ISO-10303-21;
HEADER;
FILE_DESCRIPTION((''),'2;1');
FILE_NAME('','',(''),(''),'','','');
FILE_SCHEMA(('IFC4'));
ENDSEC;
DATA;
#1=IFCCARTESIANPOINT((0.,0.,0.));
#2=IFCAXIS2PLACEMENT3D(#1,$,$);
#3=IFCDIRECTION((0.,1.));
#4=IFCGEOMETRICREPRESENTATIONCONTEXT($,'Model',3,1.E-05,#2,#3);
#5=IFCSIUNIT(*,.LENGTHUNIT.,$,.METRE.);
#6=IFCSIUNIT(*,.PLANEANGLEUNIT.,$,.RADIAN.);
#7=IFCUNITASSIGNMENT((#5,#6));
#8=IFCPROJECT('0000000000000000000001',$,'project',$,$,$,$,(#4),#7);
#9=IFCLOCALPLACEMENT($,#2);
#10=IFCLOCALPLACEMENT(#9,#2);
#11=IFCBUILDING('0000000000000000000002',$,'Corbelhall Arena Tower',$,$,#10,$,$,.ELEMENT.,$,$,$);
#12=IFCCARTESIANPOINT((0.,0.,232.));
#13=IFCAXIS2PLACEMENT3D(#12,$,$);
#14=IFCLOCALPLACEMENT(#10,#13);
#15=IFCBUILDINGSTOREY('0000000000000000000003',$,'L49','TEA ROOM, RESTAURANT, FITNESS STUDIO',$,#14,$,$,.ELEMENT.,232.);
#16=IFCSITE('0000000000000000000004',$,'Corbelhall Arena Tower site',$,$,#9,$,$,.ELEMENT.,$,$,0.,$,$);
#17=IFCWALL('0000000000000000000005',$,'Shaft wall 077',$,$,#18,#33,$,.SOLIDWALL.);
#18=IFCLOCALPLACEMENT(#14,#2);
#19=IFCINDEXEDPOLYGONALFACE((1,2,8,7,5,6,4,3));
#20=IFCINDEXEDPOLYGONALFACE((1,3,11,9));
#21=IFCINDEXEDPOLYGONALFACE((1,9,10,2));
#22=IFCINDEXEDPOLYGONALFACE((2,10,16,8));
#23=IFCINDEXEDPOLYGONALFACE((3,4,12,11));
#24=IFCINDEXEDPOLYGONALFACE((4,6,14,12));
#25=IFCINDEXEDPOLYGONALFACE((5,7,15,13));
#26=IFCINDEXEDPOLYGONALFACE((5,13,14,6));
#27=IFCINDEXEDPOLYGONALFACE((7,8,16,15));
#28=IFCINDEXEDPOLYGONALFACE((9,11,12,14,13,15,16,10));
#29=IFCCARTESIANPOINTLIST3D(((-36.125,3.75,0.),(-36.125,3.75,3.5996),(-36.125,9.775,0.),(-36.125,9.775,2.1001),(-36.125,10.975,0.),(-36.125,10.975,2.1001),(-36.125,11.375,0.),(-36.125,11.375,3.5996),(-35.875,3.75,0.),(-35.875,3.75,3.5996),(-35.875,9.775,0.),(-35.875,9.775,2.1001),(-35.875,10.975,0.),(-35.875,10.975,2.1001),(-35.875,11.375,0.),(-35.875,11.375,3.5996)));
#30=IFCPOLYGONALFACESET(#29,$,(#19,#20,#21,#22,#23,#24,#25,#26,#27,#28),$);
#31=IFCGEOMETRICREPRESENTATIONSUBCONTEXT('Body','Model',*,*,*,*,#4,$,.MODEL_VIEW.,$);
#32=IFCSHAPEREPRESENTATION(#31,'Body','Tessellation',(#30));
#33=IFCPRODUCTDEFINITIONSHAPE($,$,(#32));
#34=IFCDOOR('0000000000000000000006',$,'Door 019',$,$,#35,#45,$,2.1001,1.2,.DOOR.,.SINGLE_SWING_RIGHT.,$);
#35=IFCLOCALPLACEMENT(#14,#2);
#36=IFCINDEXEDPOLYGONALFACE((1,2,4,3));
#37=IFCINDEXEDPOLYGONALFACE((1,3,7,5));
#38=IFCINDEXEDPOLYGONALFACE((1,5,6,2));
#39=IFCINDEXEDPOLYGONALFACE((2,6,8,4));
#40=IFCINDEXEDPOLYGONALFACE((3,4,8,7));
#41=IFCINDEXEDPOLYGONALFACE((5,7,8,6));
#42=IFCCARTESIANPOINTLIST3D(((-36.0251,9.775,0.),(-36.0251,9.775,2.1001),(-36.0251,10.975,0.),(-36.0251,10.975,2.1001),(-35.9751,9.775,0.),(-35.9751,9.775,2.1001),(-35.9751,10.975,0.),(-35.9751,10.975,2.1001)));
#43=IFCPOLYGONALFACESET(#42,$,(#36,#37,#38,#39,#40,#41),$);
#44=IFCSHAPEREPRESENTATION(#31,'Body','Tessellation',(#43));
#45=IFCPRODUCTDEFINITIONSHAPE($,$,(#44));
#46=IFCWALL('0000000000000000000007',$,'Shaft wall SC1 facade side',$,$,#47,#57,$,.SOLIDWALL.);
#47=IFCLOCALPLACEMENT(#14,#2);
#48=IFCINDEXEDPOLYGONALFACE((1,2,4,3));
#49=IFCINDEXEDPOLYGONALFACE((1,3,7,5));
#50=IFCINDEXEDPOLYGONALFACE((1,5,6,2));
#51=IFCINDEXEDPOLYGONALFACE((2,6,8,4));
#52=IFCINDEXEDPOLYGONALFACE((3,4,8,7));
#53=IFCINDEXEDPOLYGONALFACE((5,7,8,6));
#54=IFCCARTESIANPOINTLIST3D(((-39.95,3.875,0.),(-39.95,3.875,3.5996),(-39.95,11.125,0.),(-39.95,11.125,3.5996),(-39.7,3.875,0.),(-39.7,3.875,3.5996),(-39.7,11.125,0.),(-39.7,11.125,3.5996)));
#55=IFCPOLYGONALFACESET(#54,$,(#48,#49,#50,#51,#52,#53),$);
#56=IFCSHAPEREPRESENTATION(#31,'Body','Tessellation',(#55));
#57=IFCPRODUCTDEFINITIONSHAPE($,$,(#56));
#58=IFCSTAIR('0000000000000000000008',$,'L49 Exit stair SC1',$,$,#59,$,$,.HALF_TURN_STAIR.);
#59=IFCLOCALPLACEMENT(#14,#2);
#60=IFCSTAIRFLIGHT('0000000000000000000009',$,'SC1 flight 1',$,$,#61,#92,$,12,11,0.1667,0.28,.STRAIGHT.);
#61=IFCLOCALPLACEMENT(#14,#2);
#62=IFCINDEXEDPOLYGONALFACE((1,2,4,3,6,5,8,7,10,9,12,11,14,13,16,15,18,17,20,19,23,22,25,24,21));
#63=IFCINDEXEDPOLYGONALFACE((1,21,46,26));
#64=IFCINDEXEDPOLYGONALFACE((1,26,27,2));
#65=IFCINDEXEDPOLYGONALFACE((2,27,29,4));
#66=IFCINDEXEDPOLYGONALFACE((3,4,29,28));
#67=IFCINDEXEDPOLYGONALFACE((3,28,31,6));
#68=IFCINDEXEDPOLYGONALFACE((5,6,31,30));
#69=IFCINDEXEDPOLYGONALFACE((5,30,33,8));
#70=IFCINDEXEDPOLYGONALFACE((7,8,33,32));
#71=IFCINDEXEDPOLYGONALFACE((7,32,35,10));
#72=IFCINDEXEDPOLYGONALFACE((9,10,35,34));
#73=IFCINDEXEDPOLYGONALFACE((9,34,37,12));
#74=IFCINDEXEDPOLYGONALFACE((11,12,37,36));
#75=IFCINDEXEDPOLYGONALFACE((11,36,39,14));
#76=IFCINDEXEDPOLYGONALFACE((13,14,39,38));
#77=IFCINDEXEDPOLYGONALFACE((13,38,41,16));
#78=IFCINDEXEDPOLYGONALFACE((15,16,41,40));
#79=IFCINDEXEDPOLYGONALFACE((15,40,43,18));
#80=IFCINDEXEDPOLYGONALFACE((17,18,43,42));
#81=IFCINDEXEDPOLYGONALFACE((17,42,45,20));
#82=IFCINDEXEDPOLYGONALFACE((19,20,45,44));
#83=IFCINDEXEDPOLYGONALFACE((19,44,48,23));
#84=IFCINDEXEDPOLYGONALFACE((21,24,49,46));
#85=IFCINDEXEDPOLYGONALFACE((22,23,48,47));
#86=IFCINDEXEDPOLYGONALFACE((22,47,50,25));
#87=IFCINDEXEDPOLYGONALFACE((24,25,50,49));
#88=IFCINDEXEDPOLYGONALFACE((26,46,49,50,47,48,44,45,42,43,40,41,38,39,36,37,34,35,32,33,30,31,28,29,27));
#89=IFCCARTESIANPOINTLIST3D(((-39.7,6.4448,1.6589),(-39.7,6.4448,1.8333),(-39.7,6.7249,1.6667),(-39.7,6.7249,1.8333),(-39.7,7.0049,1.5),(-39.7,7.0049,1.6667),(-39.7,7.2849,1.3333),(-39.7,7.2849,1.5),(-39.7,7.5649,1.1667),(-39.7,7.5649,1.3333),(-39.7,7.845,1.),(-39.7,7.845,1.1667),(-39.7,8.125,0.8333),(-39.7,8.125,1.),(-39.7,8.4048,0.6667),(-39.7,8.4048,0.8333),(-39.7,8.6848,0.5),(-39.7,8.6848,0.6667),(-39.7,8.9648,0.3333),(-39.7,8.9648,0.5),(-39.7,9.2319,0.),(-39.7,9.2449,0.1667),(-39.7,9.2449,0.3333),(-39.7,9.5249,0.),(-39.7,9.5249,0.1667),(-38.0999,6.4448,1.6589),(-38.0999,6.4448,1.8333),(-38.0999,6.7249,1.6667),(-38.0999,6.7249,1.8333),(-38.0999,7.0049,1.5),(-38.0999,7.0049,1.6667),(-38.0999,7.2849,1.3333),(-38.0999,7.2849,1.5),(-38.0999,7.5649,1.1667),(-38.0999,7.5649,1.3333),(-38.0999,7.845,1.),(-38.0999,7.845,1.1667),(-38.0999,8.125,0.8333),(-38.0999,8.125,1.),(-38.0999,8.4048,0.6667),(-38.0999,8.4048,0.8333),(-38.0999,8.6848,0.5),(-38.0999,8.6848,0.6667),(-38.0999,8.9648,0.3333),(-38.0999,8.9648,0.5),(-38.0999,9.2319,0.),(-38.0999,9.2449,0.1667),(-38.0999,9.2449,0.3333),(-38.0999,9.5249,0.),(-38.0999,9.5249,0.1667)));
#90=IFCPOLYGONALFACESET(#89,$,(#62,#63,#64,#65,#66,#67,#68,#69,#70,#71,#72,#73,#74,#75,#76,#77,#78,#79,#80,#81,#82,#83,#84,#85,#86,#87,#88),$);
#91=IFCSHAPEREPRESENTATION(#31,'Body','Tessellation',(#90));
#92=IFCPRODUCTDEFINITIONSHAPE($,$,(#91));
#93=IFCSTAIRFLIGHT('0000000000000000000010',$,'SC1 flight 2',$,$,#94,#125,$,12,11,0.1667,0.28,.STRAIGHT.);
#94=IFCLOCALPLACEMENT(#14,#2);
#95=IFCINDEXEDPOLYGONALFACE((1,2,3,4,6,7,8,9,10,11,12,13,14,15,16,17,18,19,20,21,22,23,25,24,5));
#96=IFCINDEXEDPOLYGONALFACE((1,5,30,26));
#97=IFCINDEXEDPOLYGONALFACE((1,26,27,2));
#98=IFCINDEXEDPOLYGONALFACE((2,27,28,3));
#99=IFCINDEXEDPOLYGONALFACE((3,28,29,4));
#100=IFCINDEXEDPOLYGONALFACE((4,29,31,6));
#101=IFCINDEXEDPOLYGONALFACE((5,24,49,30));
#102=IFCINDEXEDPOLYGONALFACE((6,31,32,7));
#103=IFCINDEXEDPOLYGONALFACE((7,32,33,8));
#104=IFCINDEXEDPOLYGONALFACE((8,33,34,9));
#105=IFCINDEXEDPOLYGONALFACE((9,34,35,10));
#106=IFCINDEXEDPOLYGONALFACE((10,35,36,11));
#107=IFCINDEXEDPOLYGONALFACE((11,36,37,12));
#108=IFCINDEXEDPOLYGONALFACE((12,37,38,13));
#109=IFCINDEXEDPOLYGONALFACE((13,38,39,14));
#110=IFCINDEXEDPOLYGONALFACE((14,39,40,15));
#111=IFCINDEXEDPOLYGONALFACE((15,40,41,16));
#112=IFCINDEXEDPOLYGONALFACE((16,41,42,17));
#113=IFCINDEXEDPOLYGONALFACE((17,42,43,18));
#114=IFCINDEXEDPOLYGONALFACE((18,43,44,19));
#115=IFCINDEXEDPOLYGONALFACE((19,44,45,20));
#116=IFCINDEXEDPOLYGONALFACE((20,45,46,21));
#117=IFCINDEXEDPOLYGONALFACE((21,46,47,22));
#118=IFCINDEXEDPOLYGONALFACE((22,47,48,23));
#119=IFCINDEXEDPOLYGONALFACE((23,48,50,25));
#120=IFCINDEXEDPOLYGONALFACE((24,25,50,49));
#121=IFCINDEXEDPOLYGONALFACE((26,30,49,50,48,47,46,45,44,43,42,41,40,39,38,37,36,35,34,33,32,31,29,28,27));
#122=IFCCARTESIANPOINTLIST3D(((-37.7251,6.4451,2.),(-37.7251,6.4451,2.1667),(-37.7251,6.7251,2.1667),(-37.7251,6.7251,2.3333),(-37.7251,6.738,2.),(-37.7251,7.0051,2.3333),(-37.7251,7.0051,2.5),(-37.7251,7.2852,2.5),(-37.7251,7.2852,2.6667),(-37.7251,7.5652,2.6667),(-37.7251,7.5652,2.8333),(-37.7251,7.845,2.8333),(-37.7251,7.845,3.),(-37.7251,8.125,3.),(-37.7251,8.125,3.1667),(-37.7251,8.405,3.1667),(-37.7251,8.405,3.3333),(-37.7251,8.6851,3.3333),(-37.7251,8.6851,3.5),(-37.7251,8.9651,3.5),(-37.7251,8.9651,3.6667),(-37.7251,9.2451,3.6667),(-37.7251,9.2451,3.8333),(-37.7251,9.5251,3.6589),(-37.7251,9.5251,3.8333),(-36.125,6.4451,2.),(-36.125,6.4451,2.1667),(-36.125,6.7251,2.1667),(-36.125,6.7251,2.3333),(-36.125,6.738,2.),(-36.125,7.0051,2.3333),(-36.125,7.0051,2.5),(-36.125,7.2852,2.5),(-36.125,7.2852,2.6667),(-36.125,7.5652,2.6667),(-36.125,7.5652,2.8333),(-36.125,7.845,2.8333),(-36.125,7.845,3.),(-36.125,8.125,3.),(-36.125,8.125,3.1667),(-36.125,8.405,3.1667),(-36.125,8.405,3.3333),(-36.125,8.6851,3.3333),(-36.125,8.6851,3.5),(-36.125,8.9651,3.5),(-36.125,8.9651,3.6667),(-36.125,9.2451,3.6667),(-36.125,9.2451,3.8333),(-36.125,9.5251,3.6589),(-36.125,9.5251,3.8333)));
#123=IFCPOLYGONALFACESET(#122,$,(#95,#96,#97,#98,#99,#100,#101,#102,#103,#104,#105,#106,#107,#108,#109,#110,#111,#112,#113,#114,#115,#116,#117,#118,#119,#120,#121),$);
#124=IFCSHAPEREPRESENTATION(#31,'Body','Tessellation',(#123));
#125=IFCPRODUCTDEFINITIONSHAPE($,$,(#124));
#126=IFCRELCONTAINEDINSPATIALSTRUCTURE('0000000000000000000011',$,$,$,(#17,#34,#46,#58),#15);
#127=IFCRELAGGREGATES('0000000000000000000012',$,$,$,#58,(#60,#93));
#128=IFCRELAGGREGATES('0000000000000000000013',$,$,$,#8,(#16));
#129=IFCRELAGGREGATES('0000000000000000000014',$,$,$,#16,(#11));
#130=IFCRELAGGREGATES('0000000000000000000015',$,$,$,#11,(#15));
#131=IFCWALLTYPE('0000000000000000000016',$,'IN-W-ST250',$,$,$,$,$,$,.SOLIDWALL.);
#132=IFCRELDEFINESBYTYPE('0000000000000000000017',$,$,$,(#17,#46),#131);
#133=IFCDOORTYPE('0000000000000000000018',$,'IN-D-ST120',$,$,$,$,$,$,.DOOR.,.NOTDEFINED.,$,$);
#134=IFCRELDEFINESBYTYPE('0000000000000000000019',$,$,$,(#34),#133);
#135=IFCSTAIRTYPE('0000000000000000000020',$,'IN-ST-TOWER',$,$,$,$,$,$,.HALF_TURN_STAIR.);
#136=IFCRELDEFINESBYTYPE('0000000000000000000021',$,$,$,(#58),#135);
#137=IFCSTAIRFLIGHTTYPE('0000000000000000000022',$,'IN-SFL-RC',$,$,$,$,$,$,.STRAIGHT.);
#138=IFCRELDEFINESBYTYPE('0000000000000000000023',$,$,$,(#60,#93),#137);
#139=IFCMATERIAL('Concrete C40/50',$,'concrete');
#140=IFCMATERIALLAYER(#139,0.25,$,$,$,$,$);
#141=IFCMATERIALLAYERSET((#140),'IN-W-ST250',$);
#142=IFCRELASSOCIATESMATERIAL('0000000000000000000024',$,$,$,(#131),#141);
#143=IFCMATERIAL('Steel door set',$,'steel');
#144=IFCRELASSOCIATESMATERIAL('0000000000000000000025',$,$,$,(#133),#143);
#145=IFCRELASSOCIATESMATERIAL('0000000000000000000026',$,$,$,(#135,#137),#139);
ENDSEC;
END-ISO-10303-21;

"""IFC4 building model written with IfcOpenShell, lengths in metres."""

from ifc_helpers import new_model, si_unit, direction, frame, frame_2d, origin, place, context, subcontext, project, spatial, polyline, rectangle, outline, extrude, material, layer, layer_set, type_object, element, fill, aggregate, save


model = new_model("IFC4")

# Units and contexts
model_context = context("Model", 3, precision=1e-05, world=origin(), true_north=direction((0.0, 1.0)))
body_context = subcontext(model_context, "Body", "Model", "MODEL_VIEW")
ifc_project = project(units=[si_unit("LENGTHUNIT", "METRE"), si_unit("PLANEANGLEUNIT", "RADIAN")], contexts=[model_context])

# Site, building, storey
site_placement = place(None, origin())
site = spatial("IfcSite", under=ifc_project, at=site_placement, Name="Corbelhall Arena Tower site", CompositionType="ELEMENT", RefElevation=0.0)
building_placement = place(site_placement, origin())
building = spatial("IfcBuilding", under=site, at=building_placement, Name="Corbelhall Arena Tower", CompositionType="ELEMENT")
storey_placement = place(building_placement, frame((0.0, 0.0, 232.0)))
storey = spatial("IfcBuildingStorey", under=building, at=storey_placement, Name="L49", Description="TEA ROOM, RESTAURANT, FITNESS STUDIO", CompositionType="ELEMENT", Elevation=232.0)

# Shared definitions
ifc_material_1 = material(Name="Steel door set", Category="steel")

# Shared definitions
ifc_material_2 = material(Name="Concrete C40/50", Category="concrete")
ifc_layer_1 = layer(ifc_material_2, 0.25)
ifc_layer_set_1 = layer_set([ifc_layer_1], Name="IN-W-ST250")
wall_type_1 = type_object("IfcWallType", Name="IN-W-ST250", PredefinedType="SOLIDWALL", material=ifc_layer_set_1)

# Wall, opening, door
wall_1_placement = place(storey_placement, frame((-36.0, 11.375, 0.0), z_axis=(0.0, 0.0, 1.0), x_axis=(0.0, -1.0, 0.0)))
wall_1 = element("IfcWall", 1, at=wall_1_placement, inside=storey, type_object=wall_type_1, Name="Shaft wall 077", PredefinedType="SOLIDWALL", context=body_context, shape_type="SweptSolid", body=[
    extrude(rectangle(XDim=7.625, YDim=0.25, at=frame_2d((3.8125, 0.0))), origin(), (0.0, 0.0, 1.0), 3.5996),
])
opening_1_placement = place(wall_1_placement, frame((0.3999, 0.0, 0.0)))
opening_1 = element("IfcOpeningElement", 2, at=opening_1_placement, cuts=wall_1, PredefinedType="OPENING", context=body_context, shape_type="SweptSolid", body=[
    extrude(rectangle(XDim=1.2, YDim=2.1001, at=frame_2d((0.6001, 1.05))), frame((0.0, 0.125, 0.0), z_axis=(0.0, -1.0, 0.0), x_axis=(1.0, 0.0, 0.0)), (0.0, 0.0, 1.0), 0.25),
])
door_type_1 = type_object("IfcDoorType", Name="IN-D-ST120", OperationType="NOTDEFINED", PredefinedType="DOOR", material=ifc_material_1)
door_1_placement = place(opening_1_placement, origin())
door_1 = element("IfcDoor", 3, at=door_1_placement, inside=storey, type_object=door_type_1, Name="Door 019", OperationType="SINGLE_SWING_RIGHT", OverallHeight=2.1001, OverallWidth=1.2, PredefinedType="DOOR", context=body_context, shape_type="SweptSolid", body=[
    extrude(rectangle(XDim=1.2, YDim=2.1001, at=frame_2d((0.6001, 1.05))), frame((0.0, 0.0249, 0.0), z_axis=(0.0, -1.0, 0.0), x_axis=(1.0, 0.0, 0.0)), (0.0, 0.0, 1.0), 0.05),
])
fill(opening_1, door_1)

# Wall
wall_2_placement = place(storey_placement, frame((-39.825, 3.875, 0.0), z_axis=(0.0, 0.0, 1.0), x_axis=(0.0, 1.0, 0.0)))
element("IfcWall", 4, at=wall_2_placement, inside=storey, type_object=wall_type_1, Name="Shaft wall SC1 facade side", PredefinedType="SOLIDWALL", context=body_context, shape_type="SweptSolid", body=[
    extrude(rectangle(XDim=7.25, YDim=0.25, at=frame_2d((3.625, 0.0))), origin(), (0.0, 0.0, 1.0), 3.5996),
])

# Stair, stair flights
stair_type = type_object("IfcStairType", Name="IN-ST-TOWER", PredefinedType="HALF_TURN_STAIR", material=ifc_material_2)
stair_placement = place(storey_placement, origin())
stair = element("IfcStair", 5, at=stair_placement, inside=storey, type_object=stair_type, Name="L49 Exit stair SC1", PredefinedType="HALF_TURN_STAIR")
stair_flight_type = type_object("IfcStairFlightType", Name="IN-SFL-RC", PredefinedType="STRAIGHT", material=ifc_material_2)
stair_flight_1_placement = place(storey_placement, frame((-38.8999, 9.5249, 0.0), z_axis=(0.0, 0.0, 1.0), x_axis=(0.0, -1.0, 0.0)))
stair_flight_1 = element("IfcStairFlight", 6, at=stair_flight_1_placement, type_object=stair_flight_type, Name="SC1 flight 1", NumberOfRisers=12, NumberOfTreads=11, PredefinedType="STRAIGHT", RiserHeight=0.1667, TreadLength=0.28, context=body_context, shape_type="SweptSolid", body=[
    extrude(outline(polyline([(0.0, 0.0), (0.0, 0.1667), (0.28, 0.1667), (0.28, 0.3333), (0.5601, 0.3333), (0.5601, 0.5), (0.8401, 0.5), (0.8401, 0.6667), (1.1201, 0.6667), (1.1201, 0.8333), (1.3999, 0.8333), (1.3999, 1.0), (1.6799, 1.0), (1.6799, 1.1667), (1.96, 1.1667), (1.96, 1.3333), (2.24, 1.3333), (2.24, 1.5), (2.52, 1.5), (2.52, 1.6667), (2.8, 1.6667), (2.8, 1.8333), (3.0801, 1.8333), (3.0801, 2.0), (3.0801, 1.6589), (0.293, 0.0), (0.0, 0.0)])), frame((0.0, 0.8, 0.0), z_axis=(0.0, -1.0, 0.0), x_axis=(1.0, 0.0, 0.0)), (0.0, 0.0, 1.0), 1.6001),
])
stair_flight_2_placement = place(storey_placement, frame((-36.925, 6.4451, 2.0), z_axis=(0.0, 0.0, 1.0), x_axis=(0.0, 1.0, 0.0)))
stair_flight_2 = element("IfcStairFlight", 7, at=stair_flight_2_placement, type_object=stair_flight_type, Name="SC1 flight 2", NumberOfRisers=12, NumberOfTreads=11, PredefinedType="STRAIGHT", RiserHeight=0.1667, TreadLength=0.28, context=body_context, shape_type="SweptSolid", body=[
    extrude(outline(polyline([(0.0, 0.0), (0.0, 0.1667), (0.28, 0.1667), (0.28, 0.3333), (0.5601, 0.3333), (0.5601, 0.5), (0.8401, 0.5), (0.8401, 0.6667), (1.1201, 0.6667), (1.1201, 0.8333), (1.3999, 0.8333), (1.3999, 1.0), (1.6799, 1.0), (1.6799, 1.1667), (1.96, 1.1667), (1.96, 1.3333), (2.24, 1.3333), (2.24, 1.5), (2.52, 1.5), (2.52, 1.6667), (2.8, 1.6667), (2.8, 1.8333), (3.0801, 1.8333), (3.0801, 2.0), (3.0801, 1.6589), (0.293, 0.0), (0.0, 0.0)])), frame((0.0, 0.8, 0.0), z_axis=(0.0, -1.0, 0.0), x_axis=(1.0, 0.0, 0.0)), (0.0, 0.0, 1.0), 1.6001),
])
aggregate(stair, [stair_flight_1, stair_flight_2])

save(model, "model.ifc")
